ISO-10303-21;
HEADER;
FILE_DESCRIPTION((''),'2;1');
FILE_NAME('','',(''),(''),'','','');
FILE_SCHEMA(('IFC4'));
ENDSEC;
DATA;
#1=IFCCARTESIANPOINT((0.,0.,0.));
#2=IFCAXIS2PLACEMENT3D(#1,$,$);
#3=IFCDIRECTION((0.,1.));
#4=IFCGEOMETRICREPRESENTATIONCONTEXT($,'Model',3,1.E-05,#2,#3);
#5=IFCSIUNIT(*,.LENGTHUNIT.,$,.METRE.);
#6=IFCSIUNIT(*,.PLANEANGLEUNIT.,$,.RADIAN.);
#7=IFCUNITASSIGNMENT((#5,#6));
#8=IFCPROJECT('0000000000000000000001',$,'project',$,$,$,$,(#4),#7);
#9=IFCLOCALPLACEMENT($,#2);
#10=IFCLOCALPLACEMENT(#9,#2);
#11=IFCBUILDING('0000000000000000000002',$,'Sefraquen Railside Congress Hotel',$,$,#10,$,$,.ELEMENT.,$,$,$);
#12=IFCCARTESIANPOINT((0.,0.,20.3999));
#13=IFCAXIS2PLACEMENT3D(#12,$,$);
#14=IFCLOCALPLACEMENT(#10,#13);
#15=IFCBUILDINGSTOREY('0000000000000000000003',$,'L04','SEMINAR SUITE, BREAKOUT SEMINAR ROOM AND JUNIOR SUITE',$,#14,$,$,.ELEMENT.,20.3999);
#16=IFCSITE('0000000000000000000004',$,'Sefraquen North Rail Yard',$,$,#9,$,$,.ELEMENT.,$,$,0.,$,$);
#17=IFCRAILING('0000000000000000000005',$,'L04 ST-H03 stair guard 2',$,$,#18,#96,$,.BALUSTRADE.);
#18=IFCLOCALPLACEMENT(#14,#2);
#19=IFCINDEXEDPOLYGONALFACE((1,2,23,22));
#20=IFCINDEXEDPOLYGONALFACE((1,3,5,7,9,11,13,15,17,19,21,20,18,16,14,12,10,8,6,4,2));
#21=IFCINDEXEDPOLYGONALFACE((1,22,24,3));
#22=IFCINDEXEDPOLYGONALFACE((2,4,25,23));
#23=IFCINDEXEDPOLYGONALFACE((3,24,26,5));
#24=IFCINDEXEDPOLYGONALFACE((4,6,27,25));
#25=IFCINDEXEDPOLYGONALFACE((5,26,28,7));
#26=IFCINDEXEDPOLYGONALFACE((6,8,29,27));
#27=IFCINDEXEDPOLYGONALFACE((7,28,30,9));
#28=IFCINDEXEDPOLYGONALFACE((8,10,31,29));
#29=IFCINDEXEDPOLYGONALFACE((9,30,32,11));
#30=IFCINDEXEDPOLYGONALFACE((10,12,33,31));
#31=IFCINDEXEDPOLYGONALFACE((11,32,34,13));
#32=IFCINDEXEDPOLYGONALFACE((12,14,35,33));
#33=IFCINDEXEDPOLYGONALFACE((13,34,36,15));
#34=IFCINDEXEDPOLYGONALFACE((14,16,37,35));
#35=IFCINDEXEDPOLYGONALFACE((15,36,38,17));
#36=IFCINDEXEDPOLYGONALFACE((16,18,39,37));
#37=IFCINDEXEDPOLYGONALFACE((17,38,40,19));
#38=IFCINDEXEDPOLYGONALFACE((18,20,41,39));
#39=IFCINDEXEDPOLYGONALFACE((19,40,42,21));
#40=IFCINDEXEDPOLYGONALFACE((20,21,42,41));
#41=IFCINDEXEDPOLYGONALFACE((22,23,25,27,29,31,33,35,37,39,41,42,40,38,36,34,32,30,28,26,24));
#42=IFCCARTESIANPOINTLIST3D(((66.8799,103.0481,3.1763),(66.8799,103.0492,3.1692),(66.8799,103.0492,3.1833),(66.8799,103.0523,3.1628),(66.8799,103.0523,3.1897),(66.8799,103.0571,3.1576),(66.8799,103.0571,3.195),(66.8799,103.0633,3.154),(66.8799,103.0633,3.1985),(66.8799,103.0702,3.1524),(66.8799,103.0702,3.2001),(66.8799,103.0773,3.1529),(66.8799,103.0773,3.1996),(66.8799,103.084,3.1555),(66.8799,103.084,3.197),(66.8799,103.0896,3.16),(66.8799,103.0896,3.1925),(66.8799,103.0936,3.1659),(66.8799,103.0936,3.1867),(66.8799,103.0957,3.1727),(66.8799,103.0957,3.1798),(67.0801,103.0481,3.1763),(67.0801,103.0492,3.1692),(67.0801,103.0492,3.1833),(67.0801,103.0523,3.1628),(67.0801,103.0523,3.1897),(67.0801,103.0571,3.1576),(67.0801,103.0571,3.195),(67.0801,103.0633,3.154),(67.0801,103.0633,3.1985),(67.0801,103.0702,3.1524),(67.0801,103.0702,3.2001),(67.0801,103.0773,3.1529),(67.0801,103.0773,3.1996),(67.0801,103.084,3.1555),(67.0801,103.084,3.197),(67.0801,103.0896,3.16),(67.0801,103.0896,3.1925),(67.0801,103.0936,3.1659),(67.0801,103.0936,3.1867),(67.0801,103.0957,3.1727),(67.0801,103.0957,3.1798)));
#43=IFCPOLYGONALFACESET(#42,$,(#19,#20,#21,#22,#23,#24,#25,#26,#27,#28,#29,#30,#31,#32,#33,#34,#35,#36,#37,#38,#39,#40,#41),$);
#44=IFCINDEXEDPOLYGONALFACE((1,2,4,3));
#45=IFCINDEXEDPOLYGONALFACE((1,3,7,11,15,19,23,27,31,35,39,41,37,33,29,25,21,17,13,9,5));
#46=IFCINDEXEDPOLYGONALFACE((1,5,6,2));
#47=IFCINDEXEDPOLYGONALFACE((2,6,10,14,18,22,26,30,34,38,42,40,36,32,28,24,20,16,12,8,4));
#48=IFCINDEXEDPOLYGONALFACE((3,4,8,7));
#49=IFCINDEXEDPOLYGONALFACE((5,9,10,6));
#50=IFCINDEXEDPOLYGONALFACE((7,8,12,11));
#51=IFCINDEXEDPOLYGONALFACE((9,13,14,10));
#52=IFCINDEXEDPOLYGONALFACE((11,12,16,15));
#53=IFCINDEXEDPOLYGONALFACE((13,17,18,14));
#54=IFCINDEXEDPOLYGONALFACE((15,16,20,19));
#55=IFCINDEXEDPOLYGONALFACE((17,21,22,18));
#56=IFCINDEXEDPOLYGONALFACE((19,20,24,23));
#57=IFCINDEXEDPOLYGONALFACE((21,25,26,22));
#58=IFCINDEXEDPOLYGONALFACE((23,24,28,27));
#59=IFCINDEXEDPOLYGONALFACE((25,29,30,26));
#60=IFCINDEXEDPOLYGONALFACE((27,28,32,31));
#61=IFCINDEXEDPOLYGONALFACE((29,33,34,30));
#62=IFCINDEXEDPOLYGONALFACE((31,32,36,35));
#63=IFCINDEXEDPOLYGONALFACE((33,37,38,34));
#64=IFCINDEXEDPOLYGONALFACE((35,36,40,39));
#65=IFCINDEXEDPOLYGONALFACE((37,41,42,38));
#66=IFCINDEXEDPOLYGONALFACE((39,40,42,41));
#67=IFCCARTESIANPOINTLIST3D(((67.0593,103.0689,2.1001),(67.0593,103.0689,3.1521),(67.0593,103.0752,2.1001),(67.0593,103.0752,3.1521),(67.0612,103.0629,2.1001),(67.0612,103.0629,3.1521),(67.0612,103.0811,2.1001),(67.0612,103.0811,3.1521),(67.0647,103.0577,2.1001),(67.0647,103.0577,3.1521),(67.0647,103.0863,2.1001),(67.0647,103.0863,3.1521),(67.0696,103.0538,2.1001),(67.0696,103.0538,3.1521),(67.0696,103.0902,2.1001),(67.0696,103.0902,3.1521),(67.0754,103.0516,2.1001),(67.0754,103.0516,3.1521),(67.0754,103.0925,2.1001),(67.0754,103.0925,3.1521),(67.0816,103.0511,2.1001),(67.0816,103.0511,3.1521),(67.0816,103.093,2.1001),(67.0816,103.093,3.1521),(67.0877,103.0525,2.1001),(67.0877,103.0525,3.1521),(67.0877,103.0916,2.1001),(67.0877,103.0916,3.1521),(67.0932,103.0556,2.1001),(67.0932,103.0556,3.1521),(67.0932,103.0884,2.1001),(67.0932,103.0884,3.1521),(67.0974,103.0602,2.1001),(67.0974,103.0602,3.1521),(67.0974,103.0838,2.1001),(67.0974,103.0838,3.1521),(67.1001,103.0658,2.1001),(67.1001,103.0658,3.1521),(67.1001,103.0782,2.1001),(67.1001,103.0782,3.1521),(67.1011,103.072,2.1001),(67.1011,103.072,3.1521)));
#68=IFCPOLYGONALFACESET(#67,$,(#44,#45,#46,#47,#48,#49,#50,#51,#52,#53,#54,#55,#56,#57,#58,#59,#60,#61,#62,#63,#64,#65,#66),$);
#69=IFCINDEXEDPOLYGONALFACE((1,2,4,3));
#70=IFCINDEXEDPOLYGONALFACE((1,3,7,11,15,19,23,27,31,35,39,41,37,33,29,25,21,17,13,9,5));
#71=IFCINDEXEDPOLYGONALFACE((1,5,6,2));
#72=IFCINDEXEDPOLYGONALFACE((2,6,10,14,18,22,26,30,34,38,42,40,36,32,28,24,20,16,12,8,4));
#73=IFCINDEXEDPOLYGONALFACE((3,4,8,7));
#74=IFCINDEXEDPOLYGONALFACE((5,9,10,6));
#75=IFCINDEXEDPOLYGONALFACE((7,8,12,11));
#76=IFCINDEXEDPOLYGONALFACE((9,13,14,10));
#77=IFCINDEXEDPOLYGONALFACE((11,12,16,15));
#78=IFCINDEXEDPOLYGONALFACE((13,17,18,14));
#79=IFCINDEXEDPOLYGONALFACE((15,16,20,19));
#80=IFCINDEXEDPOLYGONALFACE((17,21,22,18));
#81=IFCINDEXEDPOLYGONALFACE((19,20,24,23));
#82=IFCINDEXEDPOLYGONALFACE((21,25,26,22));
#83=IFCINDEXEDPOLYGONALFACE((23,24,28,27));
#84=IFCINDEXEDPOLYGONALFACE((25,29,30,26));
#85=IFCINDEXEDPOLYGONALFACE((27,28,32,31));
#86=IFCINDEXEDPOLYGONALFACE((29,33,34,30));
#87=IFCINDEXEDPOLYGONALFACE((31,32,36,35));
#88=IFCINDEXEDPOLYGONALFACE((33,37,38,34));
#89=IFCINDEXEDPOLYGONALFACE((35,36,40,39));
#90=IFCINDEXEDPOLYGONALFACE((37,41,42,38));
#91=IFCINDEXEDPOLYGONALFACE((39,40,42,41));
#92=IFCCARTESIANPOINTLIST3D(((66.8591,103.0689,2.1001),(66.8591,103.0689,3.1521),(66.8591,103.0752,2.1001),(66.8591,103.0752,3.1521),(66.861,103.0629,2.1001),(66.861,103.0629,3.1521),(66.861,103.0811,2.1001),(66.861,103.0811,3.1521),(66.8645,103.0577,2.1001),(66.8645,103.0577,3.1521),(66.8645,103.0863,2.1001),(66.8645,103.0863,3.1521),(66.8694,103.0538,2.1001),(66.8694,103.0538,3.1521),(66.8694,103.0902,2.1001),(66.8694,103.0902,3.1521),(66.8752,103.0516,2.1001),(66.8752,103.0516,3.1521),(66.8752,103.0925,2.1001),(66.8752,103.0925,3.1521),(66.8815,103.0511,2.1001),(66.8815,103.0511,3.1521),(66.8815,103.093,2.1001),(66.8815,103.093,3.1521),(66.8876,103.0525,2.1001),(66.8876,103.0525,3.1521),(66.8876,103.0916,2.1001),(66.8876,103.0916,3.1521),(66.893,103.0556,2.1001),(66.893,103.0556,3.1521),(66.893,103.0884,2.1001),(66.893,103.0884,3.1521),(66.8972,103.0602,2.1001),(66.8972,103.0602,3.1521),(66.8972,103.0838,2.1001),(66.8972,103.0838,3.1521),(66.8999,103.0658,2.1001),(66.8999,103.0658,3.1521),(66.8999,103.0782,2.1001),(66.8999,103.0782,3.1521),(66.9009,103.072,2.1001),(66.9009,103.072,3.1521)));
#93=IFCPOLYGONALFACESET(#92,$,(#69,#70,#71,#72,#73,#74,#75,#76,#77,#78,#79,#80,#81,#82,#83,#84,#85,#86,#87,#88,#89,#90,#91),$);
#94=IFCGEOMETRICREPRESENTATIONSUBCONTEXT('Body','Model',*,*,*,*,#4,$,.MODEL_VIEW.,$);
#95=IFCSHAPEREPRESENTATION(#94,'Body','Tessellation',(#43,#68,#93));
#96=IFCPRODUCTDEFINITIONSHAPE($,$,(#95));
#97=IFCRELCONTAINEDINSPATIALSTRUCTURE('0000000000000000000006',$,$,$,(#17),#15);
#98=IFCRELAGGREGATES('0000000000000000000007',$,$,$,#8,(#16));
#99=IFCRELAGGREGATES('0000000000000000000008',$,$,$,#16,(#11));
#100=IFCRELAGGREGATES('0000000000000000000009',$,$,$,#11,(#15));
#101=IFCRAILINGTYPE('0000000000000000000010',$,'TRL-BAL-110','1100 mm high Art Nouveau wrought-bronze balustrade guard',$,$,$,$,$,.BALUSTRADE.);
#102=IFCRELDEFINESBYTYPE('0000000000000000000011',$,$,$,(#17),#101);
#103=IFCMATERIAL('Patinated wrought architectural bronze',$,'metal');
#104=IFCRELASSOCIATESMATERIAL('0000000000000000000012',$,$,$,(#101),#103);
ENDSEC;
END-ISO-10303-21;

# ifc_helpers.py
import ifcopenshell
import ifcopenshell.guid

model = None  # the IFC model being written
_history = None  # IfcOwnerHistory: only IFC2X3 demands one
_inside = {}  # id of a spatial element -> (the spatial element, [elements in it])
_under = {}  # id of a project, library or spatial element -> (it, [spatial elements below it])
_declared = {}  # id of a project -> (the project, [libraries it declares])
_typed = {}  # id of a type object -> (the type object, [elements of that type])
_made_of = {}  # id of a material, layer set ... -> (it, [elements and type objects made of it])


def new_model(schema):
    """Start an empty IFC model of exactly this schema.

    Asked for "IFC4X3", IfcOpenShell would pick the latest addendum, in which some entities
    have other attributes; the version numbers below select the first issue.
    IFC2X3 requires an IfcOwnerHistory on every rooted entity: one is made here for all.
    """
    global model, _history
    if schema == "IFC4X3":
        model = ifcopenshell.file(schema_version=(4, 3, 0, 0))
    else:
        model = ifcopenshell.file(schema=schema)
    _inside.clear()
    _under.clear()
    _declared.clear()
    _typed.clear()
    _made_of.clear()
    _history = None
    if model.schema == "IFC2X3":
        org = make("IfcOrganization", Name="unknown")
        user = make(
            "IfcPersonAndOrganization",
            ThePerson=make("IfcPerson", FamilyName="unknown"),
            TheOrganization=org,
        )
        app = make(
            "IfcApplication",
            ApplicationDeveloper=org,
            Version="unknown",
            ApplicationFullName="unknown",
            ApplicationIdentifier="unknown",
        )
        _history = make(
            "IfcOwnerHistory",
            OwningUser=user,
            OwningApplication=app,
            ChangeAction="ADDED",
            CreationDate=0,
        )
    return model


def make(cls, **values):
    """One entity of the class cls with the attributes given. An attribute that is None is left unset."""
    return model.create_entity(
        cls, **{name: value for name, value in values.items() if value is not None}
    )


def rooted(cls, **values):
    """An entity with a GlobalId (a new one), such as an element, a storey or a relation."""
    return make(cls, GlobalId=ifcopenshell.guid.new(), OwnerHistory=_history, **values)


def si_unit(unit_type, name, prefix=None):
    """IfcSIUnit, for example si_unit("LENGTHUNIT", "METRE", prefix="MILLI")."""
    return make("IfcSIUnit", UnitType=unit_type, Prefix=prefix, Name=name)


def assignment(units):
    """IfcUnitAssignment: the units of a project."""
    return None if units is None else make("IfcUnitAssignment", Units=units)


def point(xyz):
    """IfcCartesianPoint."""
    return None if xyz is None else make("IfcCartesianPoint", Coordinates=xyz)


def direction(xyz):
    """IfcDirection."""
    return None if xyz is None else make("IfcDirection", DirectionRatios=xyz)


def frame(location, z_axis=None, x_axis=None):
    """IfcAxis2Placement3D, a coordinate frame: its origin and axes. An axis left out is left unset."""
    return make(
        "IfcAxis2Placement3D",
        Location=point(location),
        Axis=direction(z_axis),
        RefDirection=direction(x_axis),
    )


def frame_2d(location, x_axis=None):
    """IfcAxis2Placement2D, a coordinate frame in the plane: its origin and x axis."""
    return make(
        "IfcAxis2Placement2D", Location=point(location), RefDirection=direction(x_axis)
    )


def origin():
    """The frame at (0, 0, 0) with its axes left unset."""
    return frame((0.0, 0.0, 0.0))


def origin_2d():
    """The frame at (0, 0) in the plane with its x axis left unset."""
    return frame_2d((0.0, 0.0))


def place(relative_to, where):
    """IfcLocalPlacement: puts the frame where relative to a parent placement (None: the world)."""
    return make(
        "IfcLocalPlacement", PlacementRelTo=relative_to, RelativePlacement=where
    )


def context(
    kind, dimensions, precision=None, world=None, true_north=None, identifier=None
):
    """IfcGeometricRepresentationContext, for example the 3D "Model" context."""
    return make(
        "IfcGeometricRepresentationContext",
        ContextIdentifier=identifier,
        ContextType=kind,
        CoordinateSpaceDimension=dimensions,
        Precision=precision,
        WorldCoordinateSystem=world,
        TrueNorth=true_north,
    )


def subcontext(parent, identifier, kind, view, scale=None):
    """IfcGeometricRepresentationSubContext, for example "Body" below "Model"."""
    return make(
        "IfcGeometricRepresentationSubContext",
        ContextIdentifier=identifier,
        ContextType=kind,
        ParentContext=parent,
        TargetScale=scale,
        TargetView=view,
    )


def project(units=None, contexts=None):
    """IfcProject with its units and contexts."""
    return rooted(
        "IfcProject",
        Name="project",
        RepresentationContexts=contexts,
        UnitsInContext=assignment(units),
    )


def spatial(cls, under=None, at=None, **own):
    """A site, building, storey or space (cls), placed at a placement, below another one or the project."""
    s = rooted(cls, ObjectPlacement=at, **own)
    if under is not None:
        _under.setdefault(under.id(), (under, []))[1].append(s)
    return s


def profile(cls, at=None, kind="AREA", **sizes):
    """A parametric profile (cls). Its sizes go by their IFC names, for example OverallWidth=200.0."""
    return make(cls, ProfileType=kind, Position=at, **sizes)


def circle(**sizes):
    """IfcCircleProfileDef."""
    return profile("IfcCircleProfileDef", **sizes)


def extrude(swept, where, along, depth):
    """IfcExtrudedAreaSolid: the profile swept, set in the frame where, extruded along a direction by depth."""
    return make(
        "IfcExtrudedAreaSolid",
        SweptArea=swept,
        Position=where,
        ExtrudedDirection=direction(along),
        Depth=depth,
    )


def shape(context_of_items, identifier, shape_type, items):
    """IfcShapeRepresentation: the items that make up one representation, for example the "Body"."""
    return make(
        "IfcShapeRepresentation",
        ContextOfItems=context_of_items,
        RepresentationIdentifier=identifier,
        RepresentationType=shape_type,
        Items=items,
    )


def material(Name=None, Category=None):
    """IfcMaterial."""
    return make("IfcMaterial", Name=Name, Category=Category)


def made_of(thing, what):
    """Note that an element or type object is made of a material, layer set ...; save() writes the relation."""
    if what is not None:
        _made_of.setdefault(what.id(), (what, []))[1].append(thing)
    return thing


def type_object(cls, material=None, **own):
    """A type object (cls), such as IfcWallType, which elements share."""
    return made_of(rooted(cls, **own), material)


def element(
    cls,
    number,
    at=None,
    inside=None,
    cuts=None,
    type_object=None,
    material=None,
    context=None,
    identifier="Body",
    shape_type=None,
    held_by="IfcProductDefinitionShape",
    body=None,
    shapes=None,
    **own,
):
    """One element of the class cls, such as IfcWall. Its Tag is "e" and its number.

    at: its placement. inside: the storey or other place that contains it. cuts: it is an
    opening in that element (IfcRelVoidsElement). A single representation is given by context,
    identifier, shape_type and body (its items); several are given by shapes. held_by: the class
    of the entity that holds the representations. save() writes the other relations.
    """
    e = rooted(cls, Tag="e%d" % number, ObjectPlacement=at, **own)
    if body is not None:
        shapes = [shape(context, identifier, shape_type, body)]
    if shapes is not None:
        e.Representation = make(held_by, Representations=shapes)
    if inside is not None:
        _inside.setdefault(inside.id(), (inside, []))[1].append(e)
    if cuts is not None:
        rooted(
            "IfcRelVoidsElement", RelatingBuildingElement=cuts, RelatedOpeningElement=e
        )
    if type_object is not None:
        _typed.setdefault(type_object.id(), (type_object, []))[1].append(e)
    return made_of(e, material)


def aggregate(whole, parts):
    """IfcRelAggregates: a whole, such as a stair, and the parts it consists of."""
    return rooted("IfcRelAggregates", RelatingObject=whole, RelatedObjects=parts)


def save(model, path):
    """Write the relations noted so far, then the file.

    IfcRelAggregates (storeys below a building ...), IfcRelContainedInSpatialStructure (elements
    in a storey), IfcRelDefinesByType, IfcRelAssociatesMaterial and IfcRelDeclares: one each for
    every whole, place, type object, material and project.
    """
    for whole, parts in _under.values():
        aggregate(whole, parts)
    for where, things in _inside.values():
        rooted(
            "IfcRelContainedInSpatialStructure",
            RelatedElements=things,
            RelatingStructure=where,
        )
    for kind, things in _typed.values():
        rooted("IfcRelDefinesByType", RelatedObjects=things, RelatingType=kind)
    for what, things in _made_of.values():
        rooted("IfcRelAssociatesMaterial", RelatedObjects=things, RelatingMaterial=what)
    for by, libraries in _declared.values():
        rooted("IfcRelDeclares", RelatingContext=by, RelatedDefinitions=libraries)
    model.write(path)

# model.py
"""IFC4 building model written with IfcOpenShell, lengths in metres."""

from ifc_helpers import new_model, si_unit, direction, frame, origin, origin_2d, place, context, subcontext, project, spatial, circle, extrude, material, type_object, element, save


model = new_model("IFC4")

# Units and contexts
model_context = context("Model", 3, precision=1e-05, world=origin(), true_north=direction((0.0, 1.0)))
body_context = subcontext(model_context, "Body", "Model", "MODEL_VIEW")
ifc_project = project(units=[si_unit("LENGTHUNIT", "METRE"), si_unit("PLANEANGLEUNIT", "RADIAN")], contexts=[model_context])

# Site, building, storey
site_placement = place(None, origin())
site = spatial("IfcSite", under=ifc_project, at=site_placement, Name="Sefraquen North Rail Yard", CompositionType="ELEMENT", RefElevation=0.0)
building_placement = place(site_placement, origin())
building = spatial("IfcBuilding", under=site, at=building_placement, Name="Sefraquen Railside Congress Hotel", CompositionType="ELEMENT")
storey_placement = place(building_placement, frame((0.0, 0.0, 20.3999)))
storey = spatial("IfcBuildingStorey", under=building, at=storey_placement, Name="L04", Description="SEMINAR SUITE, BREAKOUT SEMINAR ROOM AND JUNIOR SUITE", CompositionType="ELEMENT", Elevation=20.3999)

# Railing
ifc_material_1 = material(Name="Patinated wrought architectural bronze", Category="metal")
railing_type = type_object("IfcRailingType", Name="TRL-BAL-110", Description="1100 mm high Art Nouveau wrought-bronze balustrade guard", PredefinedType="BALUSTRADE", material=ifc_material_1)
railing_1_placement = place(storey_placement, frame((67.0801, 103.072, 2.1001)))
element("IfcRailing", 1, at=railing_1_placement, inside=storey, type_object=railing_type, Name="L04 ST-H03 stair guard 2", PredefinedType="BALUSTRADE", context=body_context, shape_type="SweptSolid", body=[
    extrude(circle(Radius=0.0239, at=origin_2d()), frame((0.0, 0.0, 1.0762), z_axis=(-1.0, 0.0, 0.0), x_axis=(0.0, -1.0, 0.0)), (0.0, 0.0, 1.0), 0.2002),
    extrude(circle(Radius=0.021, at=origin_2d()), origin(), (0.0, 0.0, 1.0), 1.052),
    extrude(circle(Radius=0.021, at=origin_2d()), frame((-0.2002, 0.0, 0.0)), (0.0, 0.0, 1.0), 1.052),
])

save(model, "model.ifc")
